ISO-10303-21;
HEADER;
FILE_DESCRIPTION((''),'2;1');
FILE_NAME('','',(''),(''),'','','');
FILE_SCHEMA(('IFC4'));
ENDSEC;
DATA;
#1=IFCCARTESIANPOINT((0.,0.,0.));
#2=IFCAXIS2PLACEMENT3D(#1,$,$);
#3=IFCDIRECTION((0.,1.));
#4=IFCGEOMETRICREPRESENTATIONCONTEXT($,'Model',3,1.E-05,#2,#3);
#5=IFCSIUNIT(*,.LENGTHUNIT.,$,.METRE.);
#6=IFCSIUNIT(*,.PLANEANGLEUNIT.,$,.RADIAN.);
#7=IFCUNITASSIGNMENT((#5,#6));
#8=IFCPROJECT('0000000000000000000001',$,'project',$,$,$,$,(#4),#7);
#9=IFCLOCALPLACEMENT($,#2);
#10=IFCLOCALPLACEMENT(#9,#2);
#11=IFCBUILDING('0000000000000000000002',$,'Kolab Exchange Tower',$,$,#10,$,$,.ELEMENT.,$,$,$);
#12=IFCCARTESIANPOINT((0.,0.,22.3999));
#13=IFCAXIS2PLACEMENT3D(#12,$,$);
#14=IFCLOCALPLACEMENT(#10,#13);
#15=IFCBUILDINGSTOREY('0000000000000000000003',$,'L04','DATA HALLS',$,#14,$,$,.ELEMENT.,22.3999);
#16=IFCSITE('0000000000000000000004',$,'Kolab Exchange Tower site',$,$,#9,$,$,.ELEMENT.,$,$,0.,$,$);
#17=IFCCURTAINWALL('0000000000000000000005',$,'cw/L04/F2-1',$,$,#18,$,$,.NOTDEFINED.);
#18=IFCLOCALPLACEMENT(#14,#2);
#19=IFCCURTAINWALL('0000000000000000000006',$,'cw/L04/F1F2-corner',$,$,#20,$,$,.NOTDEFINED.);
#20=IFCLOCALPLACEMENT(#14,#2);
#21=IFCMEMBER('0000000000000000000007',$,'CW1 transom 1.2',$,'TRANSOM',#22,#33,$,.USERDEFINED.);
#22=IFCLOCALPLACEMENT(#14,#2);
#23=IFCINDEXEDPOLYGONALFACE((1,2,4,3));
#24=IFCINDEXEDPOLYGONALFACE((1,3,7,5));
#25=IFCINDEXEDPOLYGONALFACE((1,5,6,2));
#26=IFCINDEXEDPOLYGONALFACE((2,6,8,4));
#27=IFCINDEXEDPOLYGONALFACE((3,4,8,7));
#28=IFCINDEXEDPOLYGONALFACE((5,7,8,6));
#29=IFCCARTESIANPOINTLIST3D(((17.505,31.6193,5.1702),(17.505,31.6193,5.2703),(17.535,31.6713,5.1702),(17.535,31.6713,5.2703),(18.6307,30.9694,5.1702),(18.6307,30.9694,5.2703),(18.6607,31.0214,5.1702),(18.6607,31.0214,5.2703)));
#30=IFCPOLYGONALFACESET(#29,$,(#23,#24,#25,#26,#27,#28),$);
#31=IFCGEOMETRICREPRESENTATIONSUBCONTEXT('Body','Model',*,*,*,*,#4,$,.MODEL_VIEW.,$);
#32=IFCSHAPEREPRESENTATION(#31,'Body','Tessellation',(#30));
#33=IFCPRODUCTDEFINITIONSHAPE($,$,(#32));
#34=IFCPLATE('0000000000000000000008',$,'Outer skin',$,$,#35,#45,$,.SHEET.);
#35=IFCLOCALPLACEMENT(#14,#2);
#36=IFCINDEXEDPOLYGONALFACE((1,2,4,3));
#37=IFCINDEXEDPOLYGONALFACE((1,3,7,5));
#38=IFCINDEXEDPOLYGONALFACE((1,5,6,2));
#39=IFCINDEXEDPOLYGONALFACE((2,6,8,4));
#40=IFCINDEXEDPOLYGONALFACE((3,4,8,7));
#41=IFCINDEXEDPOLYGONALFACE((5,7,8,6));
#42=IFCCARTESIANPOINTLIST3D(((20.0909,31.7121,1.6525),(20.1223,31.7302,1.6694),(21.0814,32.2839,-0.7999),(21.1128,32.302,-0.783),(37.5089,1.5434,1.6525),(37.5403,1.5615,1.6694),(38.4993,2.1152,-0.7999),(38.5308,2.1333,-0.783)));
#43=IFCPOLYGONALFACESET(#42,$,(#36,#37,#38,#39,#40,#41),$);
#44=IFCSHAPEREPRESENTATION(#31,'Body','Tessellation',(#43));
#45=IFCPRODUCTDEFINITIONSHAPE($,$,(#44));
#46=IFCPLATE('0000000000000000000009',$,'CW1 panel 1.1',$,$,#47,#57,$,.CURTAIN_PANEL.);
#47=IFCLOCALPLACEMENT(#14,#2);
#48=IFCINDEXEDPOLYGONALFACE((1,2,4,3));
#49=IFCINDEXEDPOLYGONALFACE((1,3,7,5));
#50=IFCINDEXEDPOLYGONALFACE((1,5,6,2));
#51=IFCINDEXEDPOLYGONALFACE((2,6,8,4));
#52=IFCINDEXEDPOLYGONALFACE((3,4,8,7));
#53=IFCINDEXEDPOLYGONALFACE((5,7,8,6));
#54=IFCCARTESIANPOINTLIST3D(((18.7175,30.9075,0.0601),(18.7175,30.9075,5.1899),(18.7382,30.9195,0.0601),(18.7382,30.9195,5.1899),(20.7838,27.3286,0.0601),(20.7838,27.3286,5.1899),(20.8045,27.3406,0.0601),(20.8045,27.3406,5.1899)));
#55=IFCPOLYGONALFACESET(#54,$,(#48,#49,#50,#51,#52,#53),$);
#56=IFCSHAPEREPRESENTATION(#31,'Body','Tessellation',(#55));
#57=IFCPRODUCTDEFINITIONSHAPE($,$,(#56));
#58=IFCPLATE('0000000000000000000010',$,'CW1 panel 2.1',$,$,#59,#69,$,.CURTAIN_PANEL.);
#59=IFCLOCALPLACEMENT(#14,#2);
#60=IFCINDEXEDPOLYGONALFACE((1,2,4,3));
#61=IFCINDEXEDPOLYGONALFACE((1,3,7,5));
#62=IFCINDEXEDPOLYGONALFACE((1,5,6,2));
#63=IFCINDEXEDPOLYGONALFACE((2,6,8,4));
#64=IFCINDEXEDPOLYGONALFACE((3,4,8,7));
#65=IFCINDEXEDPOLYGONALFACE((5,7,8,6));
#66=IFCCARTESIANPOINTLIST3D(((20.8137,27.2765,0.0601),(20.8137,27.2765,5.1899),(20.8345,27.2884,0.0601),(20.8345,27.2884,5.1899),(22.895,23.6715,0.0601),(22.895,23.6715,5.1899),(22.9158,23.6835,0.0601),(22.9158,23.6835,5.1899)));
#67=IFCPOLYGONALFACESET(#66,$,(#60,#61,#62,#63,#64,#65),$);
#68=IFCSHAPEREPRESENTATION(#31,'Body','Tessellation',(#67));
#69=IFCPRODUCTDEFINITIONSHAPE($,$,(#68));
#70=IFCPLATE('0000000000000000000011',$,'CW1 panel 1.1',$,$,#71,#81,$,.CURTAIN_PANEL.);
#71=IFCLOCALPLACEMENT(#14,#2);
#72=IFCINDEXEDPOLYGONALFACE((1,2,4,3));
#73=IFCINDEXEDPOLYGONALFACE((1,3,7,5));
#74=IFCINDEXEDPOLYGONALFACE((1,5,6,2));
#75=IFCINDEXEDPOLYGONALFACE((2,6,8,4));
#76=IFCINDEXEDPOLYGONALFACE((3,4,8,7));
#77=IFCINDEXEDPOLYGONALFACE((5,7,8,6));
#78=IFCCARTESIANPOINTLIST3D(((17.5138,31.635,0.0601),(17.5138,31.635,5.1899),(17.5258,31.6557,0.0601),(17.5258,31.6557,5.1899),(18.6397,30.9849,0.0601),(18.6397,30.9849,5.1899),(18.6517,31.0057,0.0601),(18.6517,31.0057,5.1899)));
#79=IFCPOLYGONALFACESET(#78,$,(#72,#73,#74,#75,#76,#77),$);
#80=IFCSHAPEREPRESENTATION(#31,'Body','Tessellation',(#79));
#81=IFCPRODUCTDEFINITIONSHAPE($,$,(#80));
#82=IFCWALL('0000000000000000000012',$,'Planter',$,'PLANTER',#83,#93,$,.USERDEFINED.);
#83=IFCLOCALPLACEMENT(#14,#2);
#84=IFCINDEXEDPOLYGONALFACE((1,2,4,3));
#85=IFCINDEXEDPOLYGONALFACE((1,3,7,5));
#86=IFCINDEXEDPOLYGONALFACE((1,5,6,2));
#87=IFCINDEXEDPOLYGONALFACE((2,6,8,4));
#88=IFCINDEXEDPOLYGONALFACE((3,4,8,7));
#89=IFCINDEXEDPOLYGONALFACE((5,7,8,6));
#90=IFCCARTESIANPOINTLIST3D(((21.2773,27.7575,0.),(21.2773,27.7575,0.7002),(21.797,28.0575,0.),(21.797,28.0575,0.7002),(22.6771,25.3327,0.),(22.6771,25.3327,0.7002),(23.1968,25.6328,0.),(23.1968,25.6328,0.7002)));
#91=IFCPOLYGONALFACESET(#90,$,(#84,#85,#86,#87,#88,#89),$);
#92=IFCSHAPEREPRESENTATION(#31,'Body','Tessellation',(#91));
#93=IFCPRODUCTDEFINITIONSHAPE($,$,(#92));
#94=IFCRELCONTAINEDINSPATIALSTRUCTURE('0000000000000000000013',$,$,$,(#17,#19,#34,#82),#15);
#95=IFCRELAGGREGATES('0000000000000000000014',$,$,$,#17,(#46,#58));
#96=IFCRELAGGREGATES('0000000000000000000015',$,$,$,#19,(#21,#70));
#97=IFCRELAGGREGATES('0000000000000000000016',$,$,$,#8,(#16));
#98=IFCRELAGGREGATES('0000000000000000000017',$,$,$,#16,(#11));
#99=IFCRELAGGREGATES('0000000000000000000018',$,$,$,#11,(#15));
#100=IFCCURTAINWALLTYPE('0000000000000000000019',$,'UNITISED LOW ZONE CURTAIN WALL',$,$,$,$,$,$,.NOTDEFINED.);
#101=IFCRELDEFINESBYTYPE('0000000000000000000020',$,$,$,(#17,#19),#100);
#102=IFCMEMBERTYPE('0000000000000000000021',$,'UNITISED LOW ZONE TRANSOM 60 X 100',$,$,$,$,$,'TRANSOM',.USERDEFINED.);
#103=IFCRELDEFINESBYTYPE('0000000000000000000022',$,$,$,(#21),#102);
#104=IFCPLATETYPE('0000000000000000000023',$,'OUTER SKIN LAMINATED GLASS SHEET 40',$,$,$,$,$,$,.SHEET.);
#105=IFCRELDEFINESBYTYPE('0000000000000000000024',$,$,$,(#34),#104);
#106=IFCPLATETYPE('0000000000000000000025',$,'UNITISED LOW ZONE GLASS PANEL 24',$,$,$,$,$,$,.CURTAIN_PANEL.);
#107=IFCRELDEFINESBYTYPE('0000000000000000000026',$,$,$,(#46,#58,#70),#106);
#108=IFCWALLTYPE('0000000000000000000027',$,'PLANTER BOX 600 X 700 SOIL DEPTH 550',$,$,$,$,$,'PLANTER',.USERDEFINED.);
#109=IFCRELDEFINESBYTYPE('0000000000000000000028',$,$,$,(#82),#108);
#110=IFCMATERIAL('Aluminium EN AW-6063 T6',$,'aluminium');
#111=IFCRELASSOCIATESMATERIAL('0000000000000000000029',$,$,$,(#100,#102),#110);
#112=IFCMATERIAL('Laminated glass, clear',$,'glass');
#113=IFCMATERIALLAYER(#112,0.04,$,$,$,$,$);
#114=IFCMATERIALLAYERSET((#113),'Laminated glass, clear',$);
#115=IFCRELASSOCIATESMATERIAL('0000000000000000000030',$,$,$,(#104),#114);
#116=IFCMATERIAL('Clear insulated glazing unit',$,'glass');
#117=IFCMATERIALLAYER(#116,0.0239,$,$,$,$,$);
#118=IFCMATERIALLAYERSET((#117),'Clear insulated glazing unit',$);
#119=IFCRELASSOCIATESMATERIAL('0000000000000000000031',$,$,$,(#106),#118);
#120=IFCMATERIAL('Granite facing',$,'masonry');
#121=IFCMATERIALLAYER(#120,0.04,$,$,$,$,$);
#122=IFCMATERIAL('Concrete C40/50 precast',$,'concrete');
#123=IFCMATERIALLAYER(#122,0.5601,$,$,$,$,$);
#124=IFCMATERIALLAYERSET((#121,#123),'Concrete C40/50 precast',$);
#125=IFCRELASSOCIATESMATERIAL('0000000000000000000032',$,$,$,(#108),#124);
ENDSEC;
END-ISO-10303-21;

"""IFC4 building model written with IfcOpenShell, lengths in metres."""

from ifc_helpers import new_model, si_unit, direction, frame, frame_2d, origin, origin_2d, place, context, subcontext, project, spatial, polyline, rectangle, outline, extrude, material, layer, layer_set, material_profile, profile_set, type_object, element, aggregate, save


model = new_model("IFC4")

# Units and contexts
model_context = context("Model", 3, precision=1e-05, world=origin(), true_north=direction((0.0, 1.0)))
body_context = subcontext(model_context, "Body", "Model", "MODEL_VIEW")
ifc_project = project(units=[si_unit("LENGTHUNIT", "METRE"), si_unit("PLANEANGLEUNIT", "RADIAN")], contexts=[model_context])

# Site, building, storey
site_placement = place(None, origin())
site = spatial("IfcSite", under=ifc_project, at=site_placement, Name="Kolab Exchange Tower site", CompositionType="ELEMENT", RefElevation=0.0)
building_placement = place(site_placement, origin())
building = spatial("IfcBuilding", under=site, at=building_placement, Name="Kolab Exchange Tower", CompositionType="ELEMENT")
storey_placement = place(building_placement, frame((0.0, 0.0, 22.3999)))
storey = spatial("IfcBuildingStorey", under=building, at=storey_placement, Name="L04", Description="DATA HALLS", CompositionType="ELEMENT", Elevation=22.3999)

# Curtain wall
ifc_material_1 = material(Name="Aluminium EN AW-6063 T6", Category="aluminium")
curtain_wall_type = type_object("IfcCurtainWallType", Name="UNITISED LOW ZONE CURTAIN WALL", PredefinedType="NOTDEFINED", material=ifc_material_1)
curtain_wall_1_placement = place(storey_placement, origin())
curtain_wall_1 = element("IfcCurtainWall", 1, at=curtain_wall_1_placement, inside=storey, type_object=curtain_wall_type, Name="cw/L04/F2-1", PredefinedType="NOTDEFINED")

# Curtain wall
curtain_wall_2_placement = place(storey_placement, origin())
curtain_wall_2 = element("IfcCurtainWall", 2, at=curtain_wall_2_placement, inside=storey, type_object=curtain_wall_type, Name="cw/L04/F1F2-corner", PredefinedType="NOTDEFINED")

# Member
ifc_material_profile_1 = material_profile(ifc_material_1, rectangle(XDim=0.0601, YDim=0.1001, at=origin_2d()), Name="RECT 60X100")
ifc_profile_set_1 = profile_set([ifc_material_profile_1], Name="Aluminium EN AW-6063 T6")
member_type_1 = type_object("IfcMemberType", Name="UNITISED LOW ZONE TRANSOM 60 X 100", ElementType="TRANSOM", PredefinedType="USERDEFINED", material=ifc_profile_set_1)
member_1_placement = place(storey_placement, frame((17.52, 31.6453, 5.2202), z_axis=(0.866039, -0.499977, 0.0), x_axis=(0.499977, 0.866039, 0.0)))
member_1 = element("IfcMember", 3, at=member_1_placement, type_object=member_type_1, Name="CW1 transom 1.2", ObjectType="TRANSOM", PredefinedType="USERDEFINED", context=body_context, shape_type="SweptSolid", body=[
    extrude(rectangle(XDim=0.0601, YDim=0.1001, at=origin_2d()), origin(), (0.0, 0.0, 1.0), 1.2998),
])

# Plates
ifc_material_2 = material(Name="Laminated glass, clear", Category="glass")
ifc_layer_1 = layer(ifc_material_2, 0.04)
ifc_layer_set_1 = layer_set([ifc_layer_1], Name="Laminated glass, clear")
plate_type_1 = type_object("IfcPlateType", Name="OUTER SKIN LAMINATED GLASS SHEET 40", PredefinedType="SHEET", material=ifc_layer_set_1)
plate_1_placement = place(storey_placement, frame((21.1128, 32.302, -0.783), z_axis=(0.784873, 0.453148, 0.422648), x_axis=(0.500001, -0.866025, 0.0)))
element("IfcPlate", 4, at=plate_1_placement, inside=storey, type_object=plate_type_1, Name="Outer skin", PredefinedType="SHEET", context=body_context, shape_type="SweptSolid", body=[
    extrude(outline(polyline([(0.0, 0.0), (34.8358, 0.0), (34.8358, -2.706), (-0.0001, -2.706), (0.0, 0.0)])), origin(), (0.0, 0.0, -1.0), 0.04),
])
ifc_material_3 = material(Name="Clear insulated glazing unit", Category="glass")
ifc_layer_2 = layer(ifc_material_3, 0.0239)
ifc_layer_set_2 = layer_set([ifc_layer_2], Name="Clear insulated glazing unit")
plate_type_2 = type_object("IfcPlateType", Name="UNITISED LOW ZONE GLASS PANEL 24", PredefinedType="CURTAIN_PANEL", material=ifc_layer_set_2)
plate_2_placement = place(storey_placement, frame((19.761, 29.124, 0.0601), z_axis=(0.0, 0.0, 1.0), x_axis=(0.5, -0.866025, 0.0)))
plate_2 = element("IfcPlate", 5, at=plate_2_placement, type_object=plate_type_2, Name="CW1 panel 1.1", PredefinedType="CURTAIN_PANEL", context=body_context, shape_type="SweptSolid", body=[
    extrude(rectangle(XDim=4.1326, YDim=0.0239, at=origin_2d()), origin(), (0.0, 0.0, 1.0), 5.1299),
])
plate_3_placement = place(storey_placement, frame((21.8647, 25.48, 0.0601), z_axis=(0.0, 0.0, 1.0), x_axis=(0.5, -0.866025, 0.0)))
plate_3 = element("IfcPlate", 6, at=plate_3_placement, type_object=plate_type_2, Name="CW1 panel 2.1", PredefinedType="CURTAIN_PANEL", context=body_context, shape_type="SweptSolid", body=[
    extrude(rectangle(XDim=4.1626, YDim=0.0239, at=origin_2d()), origin(), (0.0, 0.0, 1.0), 5.1299),
])
aggregate(curtain_wall_1, [plate_2, plate_3])
plate_4_placement = place(storey_placement, frame((18.0828, 31.3203, 0.0601), z_axis=(0.0, 0.0, 1.0), x_axis=(0.866025, -0.5, 0.0)))
plate_4 = element("IfcPlate", 7, at=plate_4_placement, type_object=plate_type_2, Name="CW1 panel 1.1", PredefinedType="CURTAIN_PANEL", context=body_context, shape_type="SweptSolid", body=[
    extrude(rectangle(XDim=1.3, YDim=0.0239, at=origin_2d()), origin(), (0.0, 0.0, 1.0), 5.1299),
])
aggregate(curtain_wall_2, [member_1, plate_4])

# Wall
ifc_material_4 = material(Name="Granite facing", Category="masonry")
ifc_layer_3 = layer(ifc_material_4, 0.04)
ifc_material_5 = material(Name="Concrete C40/50 precast", Category="concrete")
ifc_layer_4 = layer(ifc_material_5, 0.5601)
ifc_layer_set_3 = layer_set([ifc_layer_3, ifc_layer_4], Name="Concrete C40/50 precast")
wall_type = type_object("IfcWallType", Name="PLANTER BOX 600 X 700 SOIL DEPTH 550", ElementType="PLANTER", PredefinedType="USERDEFINED", material=ifc_layer_set_3)
wall_placement = place(storey_placement, frame((21.5371, 27.9075, 0.0), z_axis=(0.0, 0.0, 1.0), x_axis=(0.499984, -0.866035, 0.0)))
element("IfcWall", 8, at=wall_placement, inside=storey, type_object=wall_type, Name="Planter", ObjectType="PLANTER", PredefinedType="USERDEFINED", context=body_context, shape_type="SweptSolid", body=[
    extrude(rectangle(XDim=2.7998, YDim=0.6001, at=frame_2d((1.3999, 0.0))), origin(), (0.0, 0.0, 1.0), 0.7002),
])

save(model, "model.ifc")
